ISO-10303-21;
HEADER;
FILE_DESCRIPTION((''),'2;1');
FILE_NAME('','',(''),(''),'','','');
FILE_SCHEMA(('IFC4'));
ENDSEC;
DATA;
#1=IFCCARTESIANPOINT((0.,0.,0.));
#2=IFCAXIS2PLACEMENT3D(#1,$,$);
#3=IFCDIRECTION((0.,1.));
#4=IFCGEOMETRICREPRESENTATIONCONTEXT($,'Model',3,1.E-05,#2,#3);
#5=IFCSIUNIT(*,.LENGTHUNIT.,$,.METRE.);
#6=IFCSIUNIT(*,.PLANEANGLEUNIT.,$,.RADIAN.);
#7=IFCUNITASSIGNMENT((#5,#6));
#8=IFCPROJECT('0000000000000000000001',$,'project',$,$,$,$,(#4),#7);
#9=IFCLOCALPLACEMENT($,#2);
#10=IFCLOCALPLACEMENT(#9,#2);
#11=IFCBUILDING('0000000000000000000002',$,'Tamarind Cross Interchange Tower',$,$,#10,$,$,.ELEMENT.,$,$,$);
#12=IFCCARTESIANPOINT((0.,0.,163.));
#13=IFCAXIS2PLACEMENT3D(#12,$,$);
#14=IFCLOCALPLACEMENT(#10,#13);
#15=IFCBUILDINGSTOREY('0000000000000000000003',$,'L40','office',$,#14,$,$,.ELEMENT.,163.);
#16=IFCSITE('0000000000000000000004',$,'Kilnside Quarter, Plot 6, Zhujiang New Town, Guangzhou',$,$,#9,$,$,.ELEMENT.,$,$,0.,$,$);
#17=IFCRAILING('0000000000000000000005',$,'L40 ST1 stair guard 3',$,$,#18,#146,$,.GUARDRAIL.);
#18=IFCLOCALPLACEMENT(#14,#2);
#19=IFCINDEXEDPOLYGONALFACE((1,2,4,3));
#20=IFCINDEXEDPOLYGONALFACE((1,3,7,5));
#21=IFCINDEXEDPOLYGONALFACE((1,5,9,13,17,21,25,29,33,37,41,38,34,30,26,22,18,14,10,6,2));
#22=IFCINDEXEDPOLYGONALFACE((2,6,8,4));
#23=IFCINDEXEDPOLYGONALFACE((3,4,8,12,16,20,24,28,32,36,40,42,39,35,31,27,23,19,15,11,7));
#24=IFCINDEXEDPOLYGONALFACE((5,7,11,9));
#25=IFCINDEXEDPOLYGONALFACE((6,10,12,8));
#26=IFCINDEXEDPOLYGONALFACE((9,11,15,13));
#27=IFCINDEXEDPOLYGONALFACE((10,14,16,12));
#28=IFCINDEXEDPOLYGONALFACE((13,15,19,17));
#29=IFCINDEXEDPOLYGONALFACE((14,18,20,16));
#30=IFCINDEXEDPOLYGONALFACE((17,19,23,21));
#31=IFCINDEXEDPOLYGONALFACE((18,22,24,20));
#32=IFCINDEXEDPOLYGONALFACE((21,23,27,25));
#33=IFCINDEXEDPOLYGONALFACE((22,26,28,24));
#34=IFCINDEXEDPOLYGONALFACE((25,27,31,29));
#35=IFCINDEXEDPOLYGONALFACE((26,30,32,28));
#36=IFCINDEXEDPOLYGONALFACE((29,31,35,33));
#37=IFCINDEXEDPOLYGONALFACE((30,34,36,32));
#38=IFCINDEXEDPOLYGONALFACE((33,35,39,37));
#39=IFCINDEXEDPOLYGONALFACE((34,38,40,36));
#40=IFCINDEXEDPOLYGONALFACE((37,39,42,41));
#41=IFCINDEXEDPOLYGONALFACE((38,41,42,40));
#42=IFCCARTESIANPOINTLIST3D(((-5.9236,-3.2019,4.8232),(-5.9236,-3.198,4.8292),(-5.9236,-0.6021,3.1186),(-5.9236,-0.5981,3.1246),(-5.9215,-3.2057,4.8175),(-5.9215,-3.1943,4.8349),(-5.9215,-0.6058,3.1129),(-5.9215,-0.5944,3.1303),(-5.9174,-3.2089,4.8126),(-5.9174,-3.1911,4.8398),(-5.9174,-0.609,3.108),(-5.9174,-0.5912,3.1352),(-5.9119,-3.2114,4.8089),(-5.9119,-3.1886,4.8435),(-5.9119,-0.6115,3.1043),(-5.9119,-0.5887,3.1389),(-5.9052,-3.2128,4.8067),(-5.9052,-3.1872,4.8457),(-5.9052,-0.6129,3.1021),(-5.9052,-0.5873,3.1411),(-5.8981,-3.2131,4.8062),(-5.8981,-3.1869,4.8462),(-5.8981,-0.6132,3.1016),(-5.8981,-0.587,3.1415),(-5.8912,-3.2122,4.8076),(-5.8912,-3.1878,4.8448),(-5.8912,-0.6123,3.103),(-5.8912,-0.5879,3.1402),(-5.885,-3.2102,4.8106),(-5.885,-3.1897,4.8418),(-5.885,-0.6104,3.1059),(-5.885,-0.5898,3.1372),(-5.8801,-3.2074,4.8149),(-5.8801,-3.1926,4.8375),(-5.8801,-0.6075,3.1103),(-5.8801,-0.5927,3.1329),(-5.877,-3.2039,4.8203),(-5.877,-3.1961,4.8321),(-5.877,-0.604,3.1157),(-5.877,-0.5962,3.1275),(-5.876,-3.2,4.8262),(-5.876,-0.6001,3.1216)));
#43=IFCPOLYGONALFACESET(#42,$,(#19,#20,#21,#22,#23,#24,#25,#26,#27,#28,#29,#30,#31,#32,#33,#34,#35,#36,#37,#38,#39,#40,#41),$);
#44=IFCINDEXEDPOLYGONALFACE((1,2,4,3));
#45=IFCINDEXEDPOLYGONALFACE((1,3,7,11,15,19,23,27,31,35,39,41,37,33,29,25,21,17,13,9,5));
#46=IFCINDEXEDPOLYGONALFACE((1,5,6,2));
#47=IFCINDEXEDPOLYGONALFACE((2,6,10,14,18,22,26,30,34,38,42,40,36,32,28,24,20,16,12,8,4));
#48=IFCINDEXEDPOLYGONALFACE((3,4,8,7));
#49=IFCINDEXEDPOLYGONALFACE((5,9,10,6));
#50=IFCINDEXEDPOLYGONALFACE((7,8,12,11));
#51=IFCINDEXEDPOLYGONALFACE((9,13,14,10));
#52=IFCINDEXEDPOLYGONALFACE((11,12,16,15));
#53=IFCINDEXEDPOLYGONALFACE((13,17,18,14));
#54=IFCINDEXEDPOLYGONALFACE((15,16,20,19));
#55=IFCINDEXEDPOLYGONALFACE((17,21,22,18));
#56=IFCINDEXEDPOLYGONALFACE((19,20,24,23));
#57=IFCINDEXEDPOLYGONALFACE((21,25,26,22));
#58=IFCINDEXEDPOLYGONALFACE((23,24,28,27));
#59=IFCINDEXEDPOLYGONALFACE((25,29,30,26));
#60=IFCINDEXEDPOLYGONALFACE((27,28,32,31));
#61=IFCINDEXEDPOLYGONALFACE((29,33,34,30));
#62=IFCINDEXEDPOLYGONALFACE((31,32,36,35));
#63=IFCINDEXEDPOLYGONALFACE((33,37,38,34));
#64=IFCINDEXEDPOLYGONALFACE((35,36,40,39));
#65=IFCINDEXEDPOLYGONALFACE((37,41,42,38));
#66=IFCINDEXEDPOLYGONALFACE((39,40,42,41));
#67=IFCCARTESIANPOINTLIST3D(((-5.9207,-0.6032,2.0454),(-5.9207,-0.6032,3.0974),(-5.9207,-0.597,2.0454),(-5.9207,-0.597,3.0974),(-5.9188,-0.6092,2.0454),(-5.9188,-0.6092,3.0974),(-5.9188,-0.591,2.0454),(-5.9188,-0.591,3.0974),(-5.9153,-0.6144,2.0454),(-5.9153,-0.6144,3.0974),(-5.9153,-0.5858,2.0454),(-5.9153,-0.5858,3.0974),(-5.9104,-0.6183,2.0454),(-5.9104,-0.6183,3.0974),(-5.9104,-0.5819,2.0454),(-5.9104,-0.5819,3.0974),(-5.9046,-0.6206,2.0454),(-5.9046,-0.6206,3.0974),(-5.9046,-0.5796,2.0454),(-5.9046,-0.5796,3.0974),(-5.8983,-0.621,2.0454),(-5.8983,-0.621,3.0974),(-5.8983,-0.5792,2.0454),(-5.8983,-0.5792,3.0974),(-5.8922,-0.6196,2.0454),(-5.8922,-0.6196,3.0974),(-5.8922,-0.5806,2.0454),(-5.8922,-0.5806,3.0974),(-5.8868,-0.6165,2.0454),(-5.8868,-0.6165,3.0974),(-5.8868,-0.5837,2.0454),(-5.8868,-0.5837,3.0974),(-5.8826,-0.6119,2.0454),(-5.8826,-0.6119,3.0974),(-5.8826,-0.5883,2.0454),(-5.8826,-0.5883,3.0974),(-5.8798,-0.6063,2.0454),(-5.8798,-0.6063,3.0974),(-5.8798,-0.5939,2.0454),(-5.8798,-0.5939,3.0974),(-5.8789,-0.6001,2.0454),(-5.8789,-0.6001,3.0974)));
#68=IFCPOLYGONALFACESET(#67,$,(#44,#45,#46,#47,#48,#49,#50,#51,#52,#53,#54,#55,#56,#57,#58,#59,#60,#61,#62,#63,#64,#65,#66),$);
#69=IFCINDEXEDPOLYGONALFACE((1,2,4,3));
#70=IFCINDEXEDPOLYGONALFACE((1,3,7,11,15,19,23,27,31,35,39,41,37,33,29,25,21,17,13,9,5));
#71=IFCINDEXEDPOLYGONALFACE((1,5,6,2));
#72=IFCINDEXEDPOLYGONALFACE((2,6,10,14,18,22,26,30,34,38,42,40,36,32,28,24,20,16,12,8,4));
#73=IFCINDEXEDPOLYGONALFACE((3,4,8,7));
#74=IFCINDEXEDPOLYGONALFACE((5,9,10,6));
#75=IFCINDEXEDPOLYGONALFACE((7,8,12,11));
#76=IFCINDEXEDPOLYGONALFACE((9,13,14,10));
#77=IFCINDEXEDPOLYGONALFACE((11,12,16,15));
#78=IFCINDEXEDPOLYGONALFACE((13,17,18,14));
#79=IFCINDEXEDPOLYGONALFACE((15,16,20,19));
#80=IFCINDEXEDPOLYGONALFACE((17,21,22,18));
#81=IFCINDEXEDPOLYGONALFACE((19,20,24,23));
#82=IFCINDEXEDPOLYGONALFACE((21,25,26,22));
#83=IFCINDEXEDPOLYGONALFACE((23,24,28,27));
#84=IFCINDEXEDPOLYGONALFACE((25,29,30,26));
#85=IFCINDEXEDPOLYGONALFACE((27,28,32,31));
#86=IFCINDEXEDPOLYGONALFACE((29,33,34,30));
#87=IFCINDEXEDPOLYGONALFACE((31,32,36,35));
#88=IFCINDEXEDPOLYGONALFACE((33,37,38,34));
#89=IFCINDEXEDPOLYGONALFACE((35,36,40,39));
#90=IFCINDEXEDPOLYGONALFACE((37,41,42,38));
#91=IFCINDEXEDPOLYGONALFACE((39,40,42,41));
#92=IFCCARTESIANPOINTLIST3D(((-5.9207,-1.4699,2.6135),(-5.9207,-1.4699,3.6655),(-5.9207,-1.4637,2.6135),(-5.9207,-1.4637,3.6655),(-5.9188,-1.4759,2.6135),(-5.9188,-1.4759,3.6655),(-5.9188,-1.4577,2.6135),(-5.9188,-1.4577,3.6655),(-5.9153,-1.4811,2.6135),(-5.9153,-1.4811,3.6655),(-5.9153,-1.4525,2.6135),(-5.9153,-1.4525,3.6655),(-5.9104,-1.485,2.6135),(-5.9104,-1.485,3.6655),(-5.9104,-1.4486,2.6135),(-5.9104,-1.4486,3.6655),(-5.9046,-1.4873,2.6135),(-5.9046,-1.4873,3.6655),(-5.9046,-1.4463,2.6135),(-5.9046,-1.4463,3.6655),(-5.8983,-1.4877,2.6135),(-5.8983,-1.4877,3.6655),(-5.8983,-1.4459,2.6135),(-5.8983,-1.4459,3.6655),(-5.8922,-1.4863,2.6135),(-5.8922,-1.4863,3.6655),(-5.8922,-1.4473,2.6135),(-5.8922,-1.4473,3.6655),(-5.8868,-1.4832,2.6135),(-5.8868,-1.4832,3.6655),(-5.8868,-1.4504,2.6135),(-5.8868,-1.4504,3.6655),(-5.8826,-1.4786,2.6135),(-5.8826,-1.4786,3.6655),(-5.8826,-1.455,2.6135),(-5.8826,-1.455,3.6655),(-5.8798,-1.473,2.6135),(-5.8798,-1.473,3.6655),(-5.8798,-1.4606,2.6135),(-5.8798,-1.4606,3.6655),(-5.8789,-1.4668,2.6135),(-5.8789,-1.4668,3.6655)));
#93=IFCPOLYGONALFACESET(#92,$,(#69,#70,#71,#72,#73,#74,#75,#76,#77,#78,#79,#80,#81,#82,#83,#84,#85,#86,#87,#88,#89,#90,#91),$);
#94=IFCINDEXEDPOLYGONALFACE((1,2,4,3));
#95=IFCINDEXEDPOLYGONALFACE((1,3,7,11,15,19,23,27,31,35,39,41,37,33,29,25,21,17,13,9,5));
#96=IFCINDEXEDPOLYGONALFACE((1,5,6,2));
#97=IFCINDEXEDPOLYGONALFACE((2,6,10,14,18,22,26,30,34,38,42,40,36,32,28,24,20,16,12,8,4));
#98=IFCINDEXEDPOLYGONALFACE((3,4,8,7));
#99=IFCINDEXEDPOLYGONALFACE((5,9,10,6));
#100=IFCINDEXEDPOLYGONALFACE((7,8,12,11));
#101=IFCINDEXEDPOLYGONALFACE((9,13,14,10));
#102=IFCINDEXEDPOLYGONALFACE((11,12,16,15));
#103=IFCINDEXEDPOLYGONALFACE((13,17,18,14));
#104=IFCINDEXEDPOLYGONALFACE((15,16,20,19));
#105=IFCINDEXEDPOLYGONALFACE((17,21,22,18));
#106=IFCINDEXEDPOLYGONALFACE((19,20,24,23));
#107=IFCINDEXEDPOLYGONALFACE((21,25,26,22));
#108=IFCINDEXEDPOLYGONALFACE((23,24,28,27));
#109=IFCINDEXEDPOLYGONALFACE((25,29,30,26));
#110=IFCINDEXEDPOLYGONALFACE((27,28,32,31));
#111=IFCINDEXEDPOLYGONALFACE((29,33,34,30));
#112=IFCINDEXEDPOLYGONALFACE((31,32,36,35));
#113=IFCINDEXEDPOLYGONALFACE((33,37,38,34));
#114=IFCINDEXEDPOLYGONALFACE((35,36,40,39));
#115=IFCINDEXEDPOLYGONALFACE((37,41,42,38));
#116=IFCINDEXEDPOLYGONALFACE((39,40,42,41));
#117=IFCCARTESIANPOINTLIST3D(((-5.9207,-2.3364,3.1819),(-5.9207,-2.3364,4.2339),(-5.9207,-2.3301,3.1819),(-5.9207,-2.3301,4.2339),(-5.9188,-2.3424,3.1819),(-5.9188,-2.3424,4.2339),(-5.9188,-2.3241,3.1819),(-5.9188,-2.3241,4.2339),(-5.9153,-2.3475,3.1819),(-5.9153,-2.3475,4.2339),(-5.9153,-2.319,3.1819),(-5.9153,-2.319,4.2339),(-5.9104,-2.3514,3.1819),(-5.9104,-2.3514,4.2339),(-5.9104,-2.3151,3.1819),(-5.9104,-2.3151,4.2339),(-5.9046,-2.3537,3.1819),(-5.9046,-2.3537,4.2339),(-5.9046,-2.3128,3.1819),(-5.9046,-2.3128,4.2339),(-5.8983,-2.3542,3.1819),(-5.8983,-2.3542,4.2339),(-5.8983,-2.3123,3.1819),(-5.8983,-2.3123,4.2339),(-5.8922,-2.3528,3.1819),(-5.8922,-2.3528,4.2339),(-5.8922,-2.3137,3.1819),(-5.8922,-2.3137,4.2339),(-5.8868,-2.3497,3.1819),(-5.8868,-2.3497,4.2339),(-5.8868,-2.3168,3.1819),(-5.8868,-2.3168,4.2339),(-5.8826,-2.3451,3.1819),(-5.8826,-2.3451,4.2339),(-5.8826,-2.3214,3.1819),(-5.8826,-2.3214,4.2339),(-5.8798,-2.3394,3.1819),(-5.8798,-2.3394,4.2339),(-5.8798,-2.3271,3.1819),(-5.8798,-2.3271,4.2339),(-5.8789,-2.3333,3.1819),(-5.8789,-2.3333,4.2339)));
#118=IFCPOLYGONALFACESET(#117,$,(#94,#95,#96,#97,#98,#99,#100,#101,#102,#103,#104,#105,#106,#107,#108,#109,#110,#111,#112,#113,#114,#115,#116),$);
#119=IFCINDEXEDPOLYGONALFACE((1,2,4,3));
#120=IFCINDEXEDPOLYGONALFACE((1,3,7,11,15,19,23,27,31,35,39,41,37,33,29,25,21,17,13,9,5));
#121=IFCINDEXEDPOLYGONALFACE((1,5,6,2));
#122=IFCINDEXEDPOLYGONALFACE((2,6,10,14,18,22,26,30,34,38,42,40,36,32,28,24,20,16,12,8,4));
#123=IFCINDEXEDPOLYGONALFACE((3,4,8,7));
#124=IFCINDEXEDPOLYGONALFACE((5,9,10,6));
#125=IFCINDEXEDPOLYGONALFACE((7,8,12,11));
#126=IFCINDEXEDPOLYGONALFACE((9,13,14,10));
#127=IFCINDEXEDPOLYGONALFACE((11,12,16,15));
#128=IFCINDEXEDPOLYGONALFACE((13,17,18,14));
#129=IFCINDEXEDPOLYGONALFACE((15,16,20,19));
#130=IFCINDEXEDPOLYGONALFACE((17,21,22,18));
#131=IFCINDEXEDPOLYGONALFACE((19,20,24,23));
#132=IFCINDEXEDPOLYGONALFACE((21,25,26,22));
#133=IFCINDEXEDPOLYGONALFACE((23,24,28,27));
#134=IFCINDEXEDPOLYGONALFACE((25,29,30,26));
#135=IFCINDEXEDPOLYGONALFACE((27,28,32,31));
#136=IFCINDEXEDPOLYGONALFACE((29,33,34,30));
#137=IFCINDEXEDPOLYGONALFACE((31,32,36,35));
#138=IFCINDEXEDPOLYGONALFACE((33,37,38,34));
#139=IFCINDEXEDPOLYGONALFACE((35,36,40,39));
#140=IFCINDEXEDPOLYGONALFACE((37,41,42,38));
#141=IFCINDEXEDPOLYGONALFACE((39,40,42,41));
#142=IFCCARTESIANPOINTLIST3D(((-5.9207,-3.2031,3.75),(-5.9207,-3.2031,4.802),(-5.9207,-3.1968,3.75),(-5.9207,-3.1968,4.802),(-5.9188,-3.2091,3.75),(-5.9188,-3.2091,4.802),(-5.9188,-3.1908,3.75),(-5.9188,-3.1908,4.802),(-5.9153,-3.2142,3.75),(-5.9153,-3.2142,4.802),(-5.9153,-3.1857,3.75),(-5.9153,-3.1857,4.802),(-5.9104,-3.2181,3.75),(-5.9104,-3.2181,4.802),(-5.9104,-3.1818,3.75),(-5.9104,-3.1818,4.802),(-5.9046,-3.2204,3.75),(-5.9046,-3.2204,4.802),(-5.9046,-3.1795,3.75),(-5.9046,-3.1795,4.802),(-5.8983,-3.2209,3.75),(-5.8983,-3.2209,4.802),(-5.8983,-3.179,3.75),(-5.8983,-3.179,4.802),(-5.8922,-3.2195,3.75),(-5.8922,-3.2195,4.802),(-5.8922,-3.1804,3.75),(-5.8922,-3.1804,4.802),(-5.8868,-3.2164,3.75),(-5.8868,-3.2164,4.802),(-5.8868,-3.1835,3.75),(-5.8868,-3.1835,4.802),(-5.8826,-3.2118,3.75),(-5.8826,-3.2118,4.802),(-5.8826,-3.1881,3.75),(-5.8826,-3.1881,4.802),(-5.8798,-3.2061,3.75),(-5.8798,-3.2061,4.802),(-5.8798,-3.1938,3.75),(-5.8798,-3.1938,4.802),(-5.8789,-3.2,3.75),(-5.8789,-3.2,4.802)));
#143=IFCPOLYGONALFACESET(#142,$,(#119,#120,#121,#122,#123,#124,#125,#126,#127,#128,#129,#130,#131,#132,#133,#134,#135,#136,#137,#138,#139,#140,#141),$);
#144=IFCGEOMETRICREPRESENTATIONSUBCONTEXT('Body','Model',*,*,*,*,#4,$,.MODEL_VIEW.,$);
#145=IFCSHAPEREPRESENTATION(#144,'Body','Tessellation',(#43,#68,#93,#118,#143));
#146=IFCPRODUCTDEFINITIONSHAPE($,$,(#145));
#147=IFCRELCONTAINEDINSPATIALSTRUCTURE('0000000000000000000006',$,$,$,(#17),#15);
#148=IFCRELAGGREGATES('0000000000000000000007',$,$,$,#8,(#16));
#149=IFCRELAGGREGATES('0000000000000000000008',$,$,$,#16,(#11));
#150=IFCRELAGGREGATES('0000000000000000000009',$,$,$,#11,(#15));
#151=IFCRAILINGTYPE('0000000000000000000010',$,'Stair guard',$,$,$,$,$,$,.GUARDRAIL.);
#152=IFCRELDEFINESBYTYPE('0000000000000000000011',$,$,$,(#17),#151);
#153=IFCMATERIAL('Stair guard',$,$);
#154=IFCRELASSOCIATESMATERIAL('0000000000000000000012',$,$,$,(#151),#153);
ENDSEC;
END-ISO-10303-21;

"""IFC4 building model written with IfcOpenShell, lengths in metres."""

from ifc_helpers import new_model, si_unit, direction, frame, origin, origin_2d, place, context, subcontext, project, spatial, circle, extrude, material, type_object, element, save


model = new_model("IFC4")

# Units and contexts
model_context = context("Model", 3, precision=1e-05, world=origin(), true_north=direction((0.0, 1.0)))
body_context = subcontext(model_context, "Body", "Model", "MODEL_VIEW")
ifc_project = project(units=[si_unit("LENGTHUNIT", "METRE"), si_unit("PLANEANGLEUNIT", "RADIAN")], contexts=[model_context])

# Site, building, storey
site_placement = place(None, origin())
site = spatial("IfcSite", under=ifc_project, at=site_placement, Name="Kilnside Quarter, Plot 6, Zhujiang New Town, Guangzhou", CompositionType="ELEMENT", RefElevation=0.0)
building_placement = place(site_placement, origin())
building = spatial("IfcBuilding", under=site, at=building_placement, Name="Tamarind Cross Interchange Tower", CompositionType="ELEMENT")
storey_placement = place(building_placement, frame((0.0, 0.0, 163.0)))
storey = spatial("IfcBuildingStorey", under=building, at=storey_placement, Name="L40", Description="office", CompositionType="ELEMENT", Elevation=163.0)

# Railing
ifc_material_1 = material(Name="Stair guard")
railing_type_1 = type_object("IfcRailingType", Name="Stair guard", PredefinedType="GUARDRAIL", material=ifc_material_1)
railing_1_placement = place(storey_placement, frame((-5.8999, -0.6001, 2.0454)))
element("IfcRailing", 1, at=railing_1_placement, inside=storey, type_object=railing_type_1, Name="L40 ST1 stair guard 3", PredefinedType="GUARDRAIL", context=body_context, shape_type="SweptSolid", body=[
    extrude(circle(Radius=0.0239, at=origin_2d()), frame((0.0, 0.0, 1.0762), z_axis=(0.0, -0.836279, 0.548305), x_axis=(1.0, 0.0, 0.0)), (0.0, 0.0, 1.0), 3.1089),
    extrude(circle(Radius=0.021, at=origin_2d()), origin(), (0.0, 0.0, 1.0), 1.052),
    extrude(circle(Radius=0.021, at=origin_2d()), frame((0.0, -0.8667, 0.5681)), (0.0, 0.0, 1.0), 1.052),
    extrude(circle(Radius=0.021, at=origin_2d()), frame((0.0, -1.7332, 1.1365)), (0.0, 0.0, 1.0), 1.052),
    extrude(circle(Radius=0.021, at=origin_2d()), frame((0.0, -2.5999, 1.7046)), (0.0, 0.0, 1.0), 1.052),
])

save(model, "model.ifc")
